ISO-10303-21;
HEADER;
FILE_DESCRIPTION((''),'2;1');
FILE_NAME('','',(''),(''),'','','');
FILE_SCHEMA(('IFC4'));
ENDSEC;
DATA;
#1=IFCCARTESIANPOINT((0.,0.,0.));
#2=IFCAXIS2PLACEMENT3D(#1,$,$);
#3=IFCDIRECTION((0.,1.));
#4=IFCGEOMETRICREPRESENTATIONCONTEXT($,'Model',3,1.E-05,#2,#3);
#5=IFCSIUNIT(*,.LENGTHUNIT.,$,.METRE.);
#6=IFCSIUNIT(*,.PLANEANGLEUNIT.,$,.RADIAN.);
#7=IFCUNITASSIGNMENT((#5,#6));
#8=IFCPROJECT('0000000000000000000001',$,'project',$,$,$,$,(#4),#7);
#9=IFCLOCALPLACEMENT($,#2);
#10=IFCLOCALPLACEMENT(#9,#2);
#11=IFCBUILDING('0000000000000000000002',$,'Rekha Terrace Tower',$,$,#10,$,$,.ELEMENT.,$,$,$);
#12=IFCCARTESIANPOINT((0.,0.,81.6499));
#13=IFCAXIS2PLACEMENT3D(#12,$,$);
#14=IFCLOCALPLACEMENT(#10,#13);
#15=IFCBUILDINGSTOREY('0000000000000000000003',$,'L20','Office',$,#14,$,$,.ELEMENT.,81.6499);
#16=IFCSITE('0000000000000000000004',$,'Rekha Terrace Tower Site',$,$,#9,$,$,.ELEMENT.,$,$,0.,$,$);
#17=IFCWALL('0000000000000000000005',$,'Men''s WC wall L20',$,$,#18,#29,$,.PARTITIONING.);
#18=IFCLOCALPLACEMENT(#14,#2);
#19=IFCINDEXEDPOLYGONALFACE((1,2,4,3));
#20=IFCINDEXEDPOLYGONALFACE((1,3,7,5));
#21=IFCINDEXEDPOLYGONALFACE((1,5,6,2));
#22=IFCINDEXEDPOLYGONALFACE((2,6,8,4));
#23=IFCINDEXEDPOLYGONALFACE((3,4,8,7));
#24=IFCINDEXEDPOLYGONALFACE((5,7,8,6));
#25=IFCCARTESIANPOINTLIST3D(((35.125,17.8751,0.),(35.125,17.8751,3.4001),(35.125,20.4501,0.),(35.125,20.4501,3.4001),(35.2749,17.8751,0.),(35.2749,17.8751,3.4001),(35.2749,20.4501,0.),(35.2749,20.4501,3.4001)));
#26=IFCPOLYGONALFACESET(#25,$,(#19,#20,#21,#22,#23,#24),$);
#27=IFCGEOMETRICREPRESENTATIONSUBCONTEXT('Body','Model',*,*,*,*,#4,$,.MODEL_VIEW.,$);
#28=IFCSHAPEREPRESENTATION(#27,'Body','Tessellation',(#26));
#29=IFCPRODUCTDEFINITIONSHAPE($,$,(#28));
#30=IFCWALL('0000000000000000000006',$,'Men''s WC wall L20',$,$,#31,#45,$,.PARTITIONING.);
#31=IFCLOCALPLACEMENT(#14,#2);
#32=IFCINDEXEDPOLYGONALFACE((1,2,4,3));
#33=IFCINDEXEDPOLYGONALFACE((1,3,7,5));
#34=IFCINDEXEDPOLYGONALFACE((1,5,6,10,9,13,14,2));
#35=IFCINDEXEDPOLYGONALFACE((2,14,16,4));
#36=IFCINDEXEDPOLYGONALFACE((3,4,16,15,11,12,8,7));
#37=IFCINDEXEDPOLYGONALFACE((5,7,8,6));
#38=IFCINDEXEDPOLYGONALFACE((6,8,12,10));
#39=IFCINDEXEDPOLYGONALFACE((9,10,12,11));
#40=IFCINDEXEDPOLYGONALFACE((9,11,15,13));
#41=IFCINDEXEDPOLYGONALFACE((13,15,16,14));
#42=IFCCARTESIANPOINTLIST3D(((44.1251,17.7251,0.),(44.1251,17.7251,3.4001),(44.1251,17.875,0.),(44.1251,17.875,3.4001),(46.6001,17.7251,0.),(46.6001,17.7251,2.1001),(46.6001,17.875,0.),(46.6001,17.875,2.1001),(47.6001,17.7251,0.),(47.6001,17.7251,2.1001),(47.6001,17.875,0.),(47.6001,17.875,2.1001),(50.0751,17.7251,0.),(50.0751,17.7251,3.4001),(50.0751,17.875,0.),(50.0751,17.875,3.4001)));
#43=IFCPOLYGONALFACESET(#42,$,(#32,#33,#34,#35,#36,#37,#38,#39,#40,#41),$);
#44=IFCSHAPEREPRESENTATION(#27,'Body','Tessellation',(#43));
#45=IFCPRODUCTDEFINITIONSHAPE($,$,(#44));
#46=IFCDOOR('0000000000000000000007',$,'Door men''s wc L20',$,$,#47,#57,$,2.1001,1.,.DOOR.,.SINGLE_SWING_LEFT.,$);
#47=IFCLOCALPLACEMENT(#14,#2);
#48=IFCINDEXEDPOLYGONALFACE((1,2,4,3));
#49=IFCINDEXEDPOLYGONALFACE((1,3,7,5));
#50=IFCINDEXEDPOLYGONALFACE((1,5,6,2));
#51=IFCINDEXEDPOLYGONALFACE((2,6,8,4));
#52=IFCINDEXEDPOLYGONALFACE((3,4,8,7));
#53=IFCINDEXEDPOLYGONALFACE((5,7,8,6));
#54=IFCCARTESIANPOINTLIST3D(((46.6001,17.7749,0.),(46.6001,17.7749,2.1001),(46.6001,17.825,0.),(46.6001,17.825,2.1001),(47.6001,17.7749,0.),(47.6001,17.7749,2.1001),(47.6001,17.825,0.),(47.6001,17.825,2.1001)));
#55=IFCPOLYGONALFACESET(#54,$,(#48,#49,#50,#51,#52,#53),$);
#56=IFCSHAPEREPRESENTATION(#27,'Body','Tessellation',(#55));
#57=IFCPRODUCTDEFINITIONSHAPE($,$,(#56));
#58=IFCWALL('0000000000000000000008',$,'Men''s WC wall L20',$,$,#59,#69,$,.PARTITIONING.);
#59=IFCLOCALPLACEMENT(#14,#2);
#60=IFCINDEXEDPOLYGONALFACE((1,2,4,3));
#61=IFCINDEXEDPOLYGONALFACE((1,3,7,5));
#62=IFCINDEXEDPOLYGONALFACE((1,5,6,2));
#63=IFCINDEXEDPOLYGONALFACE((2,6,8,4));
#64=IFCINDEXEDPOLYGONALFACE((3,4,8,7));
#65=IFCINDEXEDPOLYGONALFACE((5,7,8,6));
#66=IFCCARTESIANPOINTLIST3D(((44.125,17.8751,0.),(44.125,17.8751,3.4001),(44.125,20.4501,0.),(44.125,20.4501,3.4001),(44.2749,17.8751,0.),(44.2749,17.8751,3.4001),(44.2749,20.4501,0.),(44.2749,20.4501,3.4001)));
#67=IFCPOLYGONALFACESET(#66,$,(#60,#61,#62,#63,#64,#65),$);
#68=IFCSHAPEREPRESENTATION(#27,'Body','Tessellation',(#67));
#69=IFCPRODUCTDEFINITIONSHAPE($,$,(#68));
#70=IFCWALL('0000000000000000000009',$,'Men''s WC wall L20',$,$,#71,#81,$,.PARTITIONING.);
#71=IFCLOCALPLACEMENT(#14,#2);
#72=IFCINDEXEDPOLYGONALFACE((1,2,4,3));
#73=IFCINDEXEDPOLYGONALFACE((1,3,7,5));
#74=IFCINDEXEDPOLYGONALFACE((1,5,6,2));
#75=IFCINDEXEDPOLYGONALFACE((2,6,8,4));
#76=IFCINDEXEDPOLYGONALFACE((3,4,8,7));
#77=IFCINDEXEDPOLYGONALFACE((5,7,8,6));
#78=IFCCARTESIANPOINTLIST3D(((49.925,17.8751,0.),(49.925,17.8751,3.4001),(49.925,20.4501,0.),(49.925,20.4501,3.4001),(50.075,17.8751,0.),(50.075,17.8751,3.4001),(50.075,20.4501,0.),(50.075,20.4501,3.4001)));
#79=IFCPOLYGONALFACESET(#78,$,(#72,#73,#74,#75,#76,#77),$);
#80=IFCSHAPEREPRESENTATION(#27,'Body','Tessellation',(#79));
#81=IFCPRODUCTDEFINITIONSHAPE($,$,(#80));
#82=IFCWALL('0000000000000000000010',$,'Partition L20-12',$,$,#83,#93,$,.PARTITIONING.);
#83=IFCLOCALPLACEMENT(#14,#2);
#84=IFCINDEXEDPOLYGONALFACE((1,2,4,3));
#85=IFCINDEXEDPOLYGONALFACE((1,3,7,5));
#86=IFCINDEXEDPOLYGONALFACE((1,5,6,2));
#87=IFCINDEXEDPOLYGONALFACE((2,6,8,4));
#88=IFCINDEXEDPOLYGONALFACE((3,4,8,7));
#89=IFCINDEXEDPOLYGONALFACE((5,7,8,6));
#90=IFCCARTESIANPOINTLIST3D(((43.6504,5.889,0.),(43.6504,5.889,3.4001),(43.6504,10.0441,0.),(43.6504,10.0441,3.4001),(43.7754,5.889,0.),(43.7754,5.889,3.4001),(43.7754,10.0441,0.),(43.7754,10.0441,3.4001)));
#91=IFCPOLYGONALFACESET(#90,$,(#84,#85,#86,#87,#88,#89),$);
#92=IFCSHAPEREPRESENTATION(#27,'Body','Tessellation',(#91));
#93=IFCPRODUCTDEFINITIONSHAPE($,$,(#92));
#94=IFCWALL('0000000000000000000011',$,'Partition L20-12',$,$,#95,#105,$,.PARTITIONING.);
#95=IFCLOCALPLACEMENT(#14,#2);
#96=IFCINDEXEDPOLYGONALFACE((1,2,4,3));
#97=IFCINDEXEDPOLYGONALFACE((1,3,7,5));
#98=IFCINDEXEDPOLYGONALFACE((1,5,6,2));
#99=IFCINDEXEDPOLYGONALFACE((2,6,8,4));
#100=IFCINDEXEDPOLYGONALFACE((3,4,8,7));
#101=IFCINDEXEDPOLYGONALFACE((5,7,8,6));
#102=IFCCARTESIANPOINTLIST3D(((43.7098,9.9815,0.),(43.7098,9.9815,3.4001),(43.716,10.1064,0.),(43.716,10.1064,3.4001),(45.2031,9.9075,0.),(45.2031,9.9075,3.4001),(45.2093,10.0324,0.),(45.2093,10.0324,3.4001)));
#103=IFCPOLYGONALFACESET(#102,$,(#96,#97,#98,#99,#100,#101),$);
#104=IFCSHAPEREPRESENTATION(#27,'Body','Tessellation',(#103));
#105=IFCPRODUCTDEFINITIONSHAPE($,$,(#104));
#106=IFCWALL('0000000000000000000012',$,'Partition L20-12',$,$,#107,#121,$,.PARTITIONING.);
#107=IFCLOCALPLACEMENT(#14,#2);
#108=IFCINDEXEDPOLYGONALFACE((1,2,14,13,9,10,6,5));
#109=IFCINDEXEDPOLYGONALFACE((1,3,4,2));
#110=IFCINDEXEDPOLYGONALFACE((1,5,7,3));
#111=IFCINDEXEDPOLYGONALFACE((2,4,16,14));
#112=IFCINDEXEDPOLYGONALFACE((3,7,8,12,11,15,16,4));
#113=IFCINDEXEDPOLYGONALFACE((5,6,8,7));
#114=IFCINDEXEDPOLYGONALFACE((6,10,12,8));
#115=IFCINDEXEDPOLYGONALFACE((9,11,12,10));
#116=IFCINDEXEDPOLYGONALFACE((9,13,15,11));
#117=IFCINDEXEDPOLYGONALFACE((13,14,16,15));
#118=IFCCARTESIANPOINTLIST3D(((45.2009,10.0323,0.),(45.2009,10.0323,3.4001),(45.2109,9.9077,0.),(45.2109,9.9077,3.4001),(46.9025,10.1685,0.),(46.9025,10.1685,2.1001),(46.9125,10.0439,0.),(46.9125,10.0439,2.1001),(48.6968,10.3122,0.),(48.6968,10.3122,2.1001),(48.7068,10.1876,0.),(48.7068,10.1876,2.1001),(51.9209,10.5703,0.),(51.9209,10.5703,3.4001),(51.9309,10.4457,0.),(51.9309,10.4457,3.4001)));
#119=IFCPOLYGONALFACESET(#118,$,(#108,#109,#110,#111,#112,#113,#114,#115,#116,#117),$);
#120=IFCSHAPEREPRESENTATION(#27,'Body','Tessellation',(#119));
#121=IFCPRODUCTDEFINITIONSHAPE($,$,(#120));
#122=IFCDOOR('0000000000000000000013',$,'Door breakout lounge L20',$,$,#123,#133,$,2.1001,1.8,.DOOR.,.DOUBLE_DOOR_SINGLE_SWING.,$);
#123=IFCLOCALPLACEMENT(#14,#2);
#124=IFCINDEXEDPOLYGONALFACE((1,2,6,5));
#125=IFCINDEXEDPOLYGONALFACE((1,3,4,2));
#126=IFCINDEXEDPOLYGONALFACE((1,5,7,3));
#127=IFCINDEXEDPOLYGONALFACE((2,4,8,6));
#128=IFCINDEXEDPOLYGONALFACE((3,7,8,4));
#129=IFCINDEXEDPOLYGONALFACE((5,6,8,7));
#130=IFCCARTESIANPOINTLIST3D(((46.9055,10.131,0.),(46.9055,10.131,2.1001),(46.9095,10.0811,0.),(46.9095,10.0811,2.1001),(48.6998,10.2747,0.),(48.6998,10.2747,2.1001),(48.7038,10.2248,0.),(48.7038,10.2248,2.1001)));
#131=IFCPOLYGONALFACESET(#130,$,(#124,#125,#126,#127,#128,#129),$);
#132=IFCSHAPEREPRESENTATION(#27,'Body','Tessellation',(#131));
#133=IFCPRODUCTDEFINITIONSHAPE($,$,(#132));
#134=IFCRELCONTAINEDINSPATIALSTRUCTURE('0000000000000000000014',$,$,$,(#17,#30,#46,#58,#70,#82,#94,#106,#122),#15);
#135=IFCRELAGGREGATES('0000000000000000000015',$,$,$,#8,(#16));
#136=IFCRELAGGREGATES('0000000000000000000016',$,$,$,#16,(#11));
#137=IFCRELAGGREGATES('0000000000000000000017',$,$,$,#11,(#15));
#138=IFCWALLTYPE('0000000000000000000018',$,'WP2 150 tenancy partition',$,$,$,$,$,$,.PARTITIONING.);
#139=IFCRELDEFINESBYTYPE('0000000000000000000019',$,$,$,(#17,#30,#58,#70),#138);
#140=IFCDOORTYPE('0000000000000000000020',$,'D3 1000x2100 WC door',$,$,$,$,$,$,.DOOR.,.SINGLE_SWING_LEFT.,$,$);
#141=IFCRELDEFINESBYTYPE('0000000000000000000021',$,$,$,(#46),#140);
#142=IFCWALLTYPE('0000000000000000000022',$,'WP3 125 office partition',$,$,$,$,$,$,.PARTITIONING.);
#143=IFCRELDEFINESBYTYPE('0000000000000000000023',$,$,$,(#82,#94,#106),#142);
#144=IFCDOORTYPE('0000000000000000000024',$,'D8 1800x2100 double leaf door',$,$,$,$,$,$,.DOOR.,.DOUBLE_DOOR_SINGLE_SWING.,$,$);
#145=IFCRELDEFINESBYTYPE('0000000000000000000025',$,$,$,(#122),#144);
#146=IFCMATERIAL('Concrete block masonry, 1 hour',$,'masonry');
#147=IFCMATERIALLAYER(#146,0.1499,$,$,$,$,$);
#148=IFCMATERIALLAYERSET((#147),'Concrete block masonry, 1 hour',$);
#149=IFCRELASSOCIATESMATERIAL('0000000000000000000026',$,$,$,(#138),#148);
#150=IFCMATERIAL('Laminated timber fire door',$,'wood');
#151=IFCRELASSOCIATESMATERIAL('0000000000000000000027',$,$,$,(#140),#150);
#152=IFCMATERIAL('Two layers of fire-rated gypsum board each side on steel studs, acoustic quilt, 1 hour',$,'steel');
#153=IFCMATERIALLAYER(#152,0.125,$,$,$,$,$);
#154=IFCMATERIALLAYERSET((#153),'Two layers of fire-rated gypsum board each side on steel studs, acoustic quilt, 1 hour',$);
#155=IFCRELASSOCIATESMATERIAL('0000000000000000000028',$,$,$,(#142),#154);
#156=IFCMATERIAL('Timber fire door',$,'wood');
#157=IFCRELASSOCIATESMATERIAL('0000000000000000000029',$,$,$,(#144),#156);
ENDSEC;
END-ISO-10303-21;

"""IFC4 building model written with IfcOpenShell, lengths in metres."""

from ifc_helpers import new_model, si_unit, direction, frame, frame_2d, origin, place, context, subcontext, project, spatial, rectangle, extrude, material, layer, layer_set, type_object, element, fill, save


model = new_model("IFC4")

# Units and contexts
model_context = context("Model", 3, precision=1e-05, world=origin(), true_north=direction((0.0, 1.0)))
body_context = subcontext(model_context, "Body", "Model", "MODEL_VIEW")
ifc_project = project(units=[si_unit("LENGTHUNIT", "METRE"), si_unit("PLANEANGLEUNIT", "RADIAN")], contexts=[model_context])

# Site, building, storey
site_placement = place(None, origin())
site = spatial("IfcSite", under=ifc_project, at=site_placement, Name="Rekha Terrace Tower Site", CompositionType="ELEMENT", RefElevation=0.0)
building_placement = place(site_placement, origin())
building = spatial("IfcBuilding", under=site, at=building_placement, Name="Rekha Terrace Tower", CompositionType="ELEMENT")
storey_placement = place(building_placement, frame((0.0, 0.0, 81.6499)))
storey = spatial("IfcBuildingStorey", under=building, at=storey_placement, Name="L20", Description="Office", CompositionType="ELEMENT", Elevation=81.6499)

# Wall
ifc_material_1 = material(Name="Concrete block masonry, 1 hour", Category="masonry")
ifc_layer_1 = layer(ifc_material_1, 0.1499)
ifc_layer_set_1 = layer_set([ifc_layer_1], Name="Concrete block masonry, 1 hour")
wall_type_1 = type_object("IfcWallType", Name="WP2 150 tenancy partition", PredefinedType="PARTITIONING", material=ifc_layer_set_1)
wall_1_placement = place(storey_placement, frame((35.2, 17.875, 0.0), z_axis=(0.0, 0.0, 1.0), x_axis=(0.0, 1.0, 0.0)))
element("IfcWall", 1, at=wall_1_placement, inside=storey, type_object=wall_type_1, Name="Men's WC wall L20", PredefinedType="PARTITIONING", context=body_context, shape_type="SweptSolid", body=[
    extrude(rectangle(XDim=2.575, YDim=0.1499, at=frame_2d((1.2876, 0.0))), origin(), (0.0, 0.0, 1.0), 3.4001),
])

# Wall, opening, door
wall_2_placement = place(storey_placement, frame((44.125, 17.8, 0.0), z_axis=(0.0, 0.0, 1.0), x_axis=(1.0, 0.0, 0.0)))
wall_2 = element("IfcWall", 2, at=wall_2_placement, inside=storey, type_object=wall_type_1, Name="Men's WC wall L20", PredefinedType="PARTITIONING", context=body_context, shape_type="SweptSolid", body=[
    extrude(rectangle(XDim=5.95, YDim=0.1499, at=frame_2d((2.9751, 0.0))), origin(), (0.0, 0.0, 1.0), 3.4001),
])
opening_1_placement = place(wall_2_placement, frame((2.4751, 0.0, 0.0)))
opening_1 = element("IfcOpeningElement", 3, at=opening_1_placement, cuts=wall_2, PredefinedType="OPENING", context=body_context, shape_type="SweptSolid", body=[
    extrude(rectangle(XDim=1.0, YDim=2.1001, at=frame_2d((0.5, 1.05))), frame((0.0, 0.085, 0.0), z_axis=(0.0, -1.0, 0.0), x_axis=(1.0, 0.0, 0.0)), (0.0, 0.0, 1.0), 0.1699),
])
ifc_material_2 = material(Name="Laminated timber fire door", Category="wood")
door_type_1 = type_object("IfcDoorType", Name="D3 1000x2100 WC door", OperationType="SINGLE_SWING_LEFT", PredefinedType="DOOR", material=ifc_material_2)
door_1_placement = place(opening_1_placement, origin())
door_1 = element("IfcDoor", 4, at=door_1_placement, inside=storey, type_object=door_type_1, Name="Door men's wc L20", OperationType="SINGLE_SWING_LEFT", OverallHeight=2.1001, OverallWidth=1.0, PredefinedType="DOOR", context=body_context, shape_type="SweptSolid", body=[
    extrude(rectangle(XDim=1.0, YDim=2.1001, at=frame_2d((0.5, 1.05))), frame((0.0, 0.0249, 0.0), z_axis=(0.0, -1.0, 0.0), x_axis=(1.0, 0.0, 0.0)), (0.0, 0.0, 1.0), 0.05),
])
fill(opening_1, door_1)

# Walls
for number, where, z_axis, x_axis, name in (
    (5, (44.2, 17.875, 0.0), (0.0, 0.0, 1.0), (0.0, 1.0, 0.0), "Men's WC wall L20"),
    (6, (50.0, 17.875, 0.0), (0.0, 0.0, 1.0), (0.0, 1.0, 0.0), "Men's WC wall L20"),
):
    element("IfcWall", number, at=place(storey_placement, frame(where, z_axis=z_axis, x_axis=x_axis)), inside=storey, type_object=wall_type_1, Name=name, PredefinedType="PARTITIONING", context=body_context, shape_type="SweptSolid", body=[
        extrude(rectangle(XDim=2.575, YDim=0.1499, at=frame_2d((1.2876, 0.0))), origin(), (0.0, 0.0, 1.0), 3.4001),
    ])
ifc_material_3 = material(Name="Two layers of fire-rated gypsum board each side on steel studs, acoustic quilt, 1 hour", Category="steel")
ifc_layer_2 = layer(ifc_material_3, 0.125)
ifc_layer_set_2 = layer_set([ifc_layer_2], Name="Two layers of fire-rated gypsum board each side on steel studs, acoustic quilt, 1 hour")
wall_type_2 = type_object("IfcWallType", Name="WP3 125 office partition", PredefinedType="PARTITIONING", material=ifc_layer_set_2)
wall_3_placement = place(storey_placement, frame((43.7129, 5.8889, 0.0), z_axis=(0.0, 0.0, 1.0), x_axis=(0.0, 1.0, 0.0)))
element("IfcWall", 7, at=wall_3_placement, inside=storey, type_object=wall_type_2, Name="Partition L20-12", PredefinedType="PARTITIONING", context=body_context, shape_type="SweptSolid", body=[
    extrude(rectangle(XDim=4.155, YDim=0.125, at=frame_2d((2.0776, 0.0))), origin(), (0.0, 0.0, 1.0), 3.4001),
])
wall_4_placement = place(storey_placement, frame((43.7129, 10.0439, 0.0), z_axis=(0.0, 0.0, 1.0), x_axis=(0.998775, -0.049481, 0.0)))
element("IfcWall", 8, at=wall_4_placement, inside=storey, type_object=wall_type_2, Name="Partition L20-12", PredefinedType="PARTITIONING", context=body_context, shape_type="SweptSolid", body=[
    extrude(rectangle(XDim=1.4951, YDim=0.125, at=frame_2d((0.7476, 0.0))), origin(), (0.0, 0.0, 1.0), 3.4001),
])

# Wall, opening, door
wall_5_placement = place(storey_placement, frame((45.2061, 9.97, 0.0), z_axis=(0.0, 0.0, 1.0), x_axis=(0.99681, 0.079817, 0.0)))
wall_5 = element("IfcWall", 9, at=wall_5_placement, inside=storey, type_object=wall_type_2, Name="Partition L20-12", PredefinedType="PARTITIONING", context=body_context, shape_type="SweptSolid", body=[
    extrude(rectangle(XDim=6.7415, YDim=0.125, at=frame_2d((3.3706, 0.0))), origin(), (0.0, 0.0, 1.0), 3.4001),
])
opening_2_placement = place(wall_5_placement, frame((1.707, 0.0, 0.0)))
opening_2 = element("IfcOpeningElement", 10, at=opening_2_placement, cuts=wall_5, PredefinedType="OPENING", context=body_context, shape_type="SweptSolid", body=[
    extrude(rectangle(XDim=1.8, YDim=2.1001, at=frame_2d((0.8999, 1.05))), frame((0.0, 0.0725, 0.0), z_axis=(0.0, -1.0, 0.0), x_axis=(1.0, 0.0, 0.0)), (0.0, 0.0, 1.0), 0.145),
])
ifc_material_4 = material(Name="Timber fire door", Category="wood")
door_type_2 = type_object("IfcDoorType", Name="D8 1800x2100 double leaf door", OperationType="DOUBLE_DOOR_SINGLE_SWING", PredefinedType="DOOR", material=ifc_material_4)
door_2_placement = place(opening_2_placement, origin())
door_2 = element("IfcDoor", 11, at=door_2_placement, inside=storey, type_object=door_type_2, Name="Door breakout lounge L20", OperationType="DOUBLE_DOOR_SINGLE_SWING", OverallHeight=2.1001, OverallWidth=1.8, PredefinedType="DOOR", context=body_context, shape_type="SweptSolid", body=[
    extrude(rectangle(XDim=1.8, YDim=2.1001, at=frame_2d((0.8999, 1.05))), frame((0.0, 0.0249, 0.0), z_axis=(0.0, -1.0, 0.0), x_axis=(1.0, 0.0, 0.0)), (0.0, 0.0, 1.0), 0.05),
])
fill(opening_2, door_2)

save(model, "model.ifc")
